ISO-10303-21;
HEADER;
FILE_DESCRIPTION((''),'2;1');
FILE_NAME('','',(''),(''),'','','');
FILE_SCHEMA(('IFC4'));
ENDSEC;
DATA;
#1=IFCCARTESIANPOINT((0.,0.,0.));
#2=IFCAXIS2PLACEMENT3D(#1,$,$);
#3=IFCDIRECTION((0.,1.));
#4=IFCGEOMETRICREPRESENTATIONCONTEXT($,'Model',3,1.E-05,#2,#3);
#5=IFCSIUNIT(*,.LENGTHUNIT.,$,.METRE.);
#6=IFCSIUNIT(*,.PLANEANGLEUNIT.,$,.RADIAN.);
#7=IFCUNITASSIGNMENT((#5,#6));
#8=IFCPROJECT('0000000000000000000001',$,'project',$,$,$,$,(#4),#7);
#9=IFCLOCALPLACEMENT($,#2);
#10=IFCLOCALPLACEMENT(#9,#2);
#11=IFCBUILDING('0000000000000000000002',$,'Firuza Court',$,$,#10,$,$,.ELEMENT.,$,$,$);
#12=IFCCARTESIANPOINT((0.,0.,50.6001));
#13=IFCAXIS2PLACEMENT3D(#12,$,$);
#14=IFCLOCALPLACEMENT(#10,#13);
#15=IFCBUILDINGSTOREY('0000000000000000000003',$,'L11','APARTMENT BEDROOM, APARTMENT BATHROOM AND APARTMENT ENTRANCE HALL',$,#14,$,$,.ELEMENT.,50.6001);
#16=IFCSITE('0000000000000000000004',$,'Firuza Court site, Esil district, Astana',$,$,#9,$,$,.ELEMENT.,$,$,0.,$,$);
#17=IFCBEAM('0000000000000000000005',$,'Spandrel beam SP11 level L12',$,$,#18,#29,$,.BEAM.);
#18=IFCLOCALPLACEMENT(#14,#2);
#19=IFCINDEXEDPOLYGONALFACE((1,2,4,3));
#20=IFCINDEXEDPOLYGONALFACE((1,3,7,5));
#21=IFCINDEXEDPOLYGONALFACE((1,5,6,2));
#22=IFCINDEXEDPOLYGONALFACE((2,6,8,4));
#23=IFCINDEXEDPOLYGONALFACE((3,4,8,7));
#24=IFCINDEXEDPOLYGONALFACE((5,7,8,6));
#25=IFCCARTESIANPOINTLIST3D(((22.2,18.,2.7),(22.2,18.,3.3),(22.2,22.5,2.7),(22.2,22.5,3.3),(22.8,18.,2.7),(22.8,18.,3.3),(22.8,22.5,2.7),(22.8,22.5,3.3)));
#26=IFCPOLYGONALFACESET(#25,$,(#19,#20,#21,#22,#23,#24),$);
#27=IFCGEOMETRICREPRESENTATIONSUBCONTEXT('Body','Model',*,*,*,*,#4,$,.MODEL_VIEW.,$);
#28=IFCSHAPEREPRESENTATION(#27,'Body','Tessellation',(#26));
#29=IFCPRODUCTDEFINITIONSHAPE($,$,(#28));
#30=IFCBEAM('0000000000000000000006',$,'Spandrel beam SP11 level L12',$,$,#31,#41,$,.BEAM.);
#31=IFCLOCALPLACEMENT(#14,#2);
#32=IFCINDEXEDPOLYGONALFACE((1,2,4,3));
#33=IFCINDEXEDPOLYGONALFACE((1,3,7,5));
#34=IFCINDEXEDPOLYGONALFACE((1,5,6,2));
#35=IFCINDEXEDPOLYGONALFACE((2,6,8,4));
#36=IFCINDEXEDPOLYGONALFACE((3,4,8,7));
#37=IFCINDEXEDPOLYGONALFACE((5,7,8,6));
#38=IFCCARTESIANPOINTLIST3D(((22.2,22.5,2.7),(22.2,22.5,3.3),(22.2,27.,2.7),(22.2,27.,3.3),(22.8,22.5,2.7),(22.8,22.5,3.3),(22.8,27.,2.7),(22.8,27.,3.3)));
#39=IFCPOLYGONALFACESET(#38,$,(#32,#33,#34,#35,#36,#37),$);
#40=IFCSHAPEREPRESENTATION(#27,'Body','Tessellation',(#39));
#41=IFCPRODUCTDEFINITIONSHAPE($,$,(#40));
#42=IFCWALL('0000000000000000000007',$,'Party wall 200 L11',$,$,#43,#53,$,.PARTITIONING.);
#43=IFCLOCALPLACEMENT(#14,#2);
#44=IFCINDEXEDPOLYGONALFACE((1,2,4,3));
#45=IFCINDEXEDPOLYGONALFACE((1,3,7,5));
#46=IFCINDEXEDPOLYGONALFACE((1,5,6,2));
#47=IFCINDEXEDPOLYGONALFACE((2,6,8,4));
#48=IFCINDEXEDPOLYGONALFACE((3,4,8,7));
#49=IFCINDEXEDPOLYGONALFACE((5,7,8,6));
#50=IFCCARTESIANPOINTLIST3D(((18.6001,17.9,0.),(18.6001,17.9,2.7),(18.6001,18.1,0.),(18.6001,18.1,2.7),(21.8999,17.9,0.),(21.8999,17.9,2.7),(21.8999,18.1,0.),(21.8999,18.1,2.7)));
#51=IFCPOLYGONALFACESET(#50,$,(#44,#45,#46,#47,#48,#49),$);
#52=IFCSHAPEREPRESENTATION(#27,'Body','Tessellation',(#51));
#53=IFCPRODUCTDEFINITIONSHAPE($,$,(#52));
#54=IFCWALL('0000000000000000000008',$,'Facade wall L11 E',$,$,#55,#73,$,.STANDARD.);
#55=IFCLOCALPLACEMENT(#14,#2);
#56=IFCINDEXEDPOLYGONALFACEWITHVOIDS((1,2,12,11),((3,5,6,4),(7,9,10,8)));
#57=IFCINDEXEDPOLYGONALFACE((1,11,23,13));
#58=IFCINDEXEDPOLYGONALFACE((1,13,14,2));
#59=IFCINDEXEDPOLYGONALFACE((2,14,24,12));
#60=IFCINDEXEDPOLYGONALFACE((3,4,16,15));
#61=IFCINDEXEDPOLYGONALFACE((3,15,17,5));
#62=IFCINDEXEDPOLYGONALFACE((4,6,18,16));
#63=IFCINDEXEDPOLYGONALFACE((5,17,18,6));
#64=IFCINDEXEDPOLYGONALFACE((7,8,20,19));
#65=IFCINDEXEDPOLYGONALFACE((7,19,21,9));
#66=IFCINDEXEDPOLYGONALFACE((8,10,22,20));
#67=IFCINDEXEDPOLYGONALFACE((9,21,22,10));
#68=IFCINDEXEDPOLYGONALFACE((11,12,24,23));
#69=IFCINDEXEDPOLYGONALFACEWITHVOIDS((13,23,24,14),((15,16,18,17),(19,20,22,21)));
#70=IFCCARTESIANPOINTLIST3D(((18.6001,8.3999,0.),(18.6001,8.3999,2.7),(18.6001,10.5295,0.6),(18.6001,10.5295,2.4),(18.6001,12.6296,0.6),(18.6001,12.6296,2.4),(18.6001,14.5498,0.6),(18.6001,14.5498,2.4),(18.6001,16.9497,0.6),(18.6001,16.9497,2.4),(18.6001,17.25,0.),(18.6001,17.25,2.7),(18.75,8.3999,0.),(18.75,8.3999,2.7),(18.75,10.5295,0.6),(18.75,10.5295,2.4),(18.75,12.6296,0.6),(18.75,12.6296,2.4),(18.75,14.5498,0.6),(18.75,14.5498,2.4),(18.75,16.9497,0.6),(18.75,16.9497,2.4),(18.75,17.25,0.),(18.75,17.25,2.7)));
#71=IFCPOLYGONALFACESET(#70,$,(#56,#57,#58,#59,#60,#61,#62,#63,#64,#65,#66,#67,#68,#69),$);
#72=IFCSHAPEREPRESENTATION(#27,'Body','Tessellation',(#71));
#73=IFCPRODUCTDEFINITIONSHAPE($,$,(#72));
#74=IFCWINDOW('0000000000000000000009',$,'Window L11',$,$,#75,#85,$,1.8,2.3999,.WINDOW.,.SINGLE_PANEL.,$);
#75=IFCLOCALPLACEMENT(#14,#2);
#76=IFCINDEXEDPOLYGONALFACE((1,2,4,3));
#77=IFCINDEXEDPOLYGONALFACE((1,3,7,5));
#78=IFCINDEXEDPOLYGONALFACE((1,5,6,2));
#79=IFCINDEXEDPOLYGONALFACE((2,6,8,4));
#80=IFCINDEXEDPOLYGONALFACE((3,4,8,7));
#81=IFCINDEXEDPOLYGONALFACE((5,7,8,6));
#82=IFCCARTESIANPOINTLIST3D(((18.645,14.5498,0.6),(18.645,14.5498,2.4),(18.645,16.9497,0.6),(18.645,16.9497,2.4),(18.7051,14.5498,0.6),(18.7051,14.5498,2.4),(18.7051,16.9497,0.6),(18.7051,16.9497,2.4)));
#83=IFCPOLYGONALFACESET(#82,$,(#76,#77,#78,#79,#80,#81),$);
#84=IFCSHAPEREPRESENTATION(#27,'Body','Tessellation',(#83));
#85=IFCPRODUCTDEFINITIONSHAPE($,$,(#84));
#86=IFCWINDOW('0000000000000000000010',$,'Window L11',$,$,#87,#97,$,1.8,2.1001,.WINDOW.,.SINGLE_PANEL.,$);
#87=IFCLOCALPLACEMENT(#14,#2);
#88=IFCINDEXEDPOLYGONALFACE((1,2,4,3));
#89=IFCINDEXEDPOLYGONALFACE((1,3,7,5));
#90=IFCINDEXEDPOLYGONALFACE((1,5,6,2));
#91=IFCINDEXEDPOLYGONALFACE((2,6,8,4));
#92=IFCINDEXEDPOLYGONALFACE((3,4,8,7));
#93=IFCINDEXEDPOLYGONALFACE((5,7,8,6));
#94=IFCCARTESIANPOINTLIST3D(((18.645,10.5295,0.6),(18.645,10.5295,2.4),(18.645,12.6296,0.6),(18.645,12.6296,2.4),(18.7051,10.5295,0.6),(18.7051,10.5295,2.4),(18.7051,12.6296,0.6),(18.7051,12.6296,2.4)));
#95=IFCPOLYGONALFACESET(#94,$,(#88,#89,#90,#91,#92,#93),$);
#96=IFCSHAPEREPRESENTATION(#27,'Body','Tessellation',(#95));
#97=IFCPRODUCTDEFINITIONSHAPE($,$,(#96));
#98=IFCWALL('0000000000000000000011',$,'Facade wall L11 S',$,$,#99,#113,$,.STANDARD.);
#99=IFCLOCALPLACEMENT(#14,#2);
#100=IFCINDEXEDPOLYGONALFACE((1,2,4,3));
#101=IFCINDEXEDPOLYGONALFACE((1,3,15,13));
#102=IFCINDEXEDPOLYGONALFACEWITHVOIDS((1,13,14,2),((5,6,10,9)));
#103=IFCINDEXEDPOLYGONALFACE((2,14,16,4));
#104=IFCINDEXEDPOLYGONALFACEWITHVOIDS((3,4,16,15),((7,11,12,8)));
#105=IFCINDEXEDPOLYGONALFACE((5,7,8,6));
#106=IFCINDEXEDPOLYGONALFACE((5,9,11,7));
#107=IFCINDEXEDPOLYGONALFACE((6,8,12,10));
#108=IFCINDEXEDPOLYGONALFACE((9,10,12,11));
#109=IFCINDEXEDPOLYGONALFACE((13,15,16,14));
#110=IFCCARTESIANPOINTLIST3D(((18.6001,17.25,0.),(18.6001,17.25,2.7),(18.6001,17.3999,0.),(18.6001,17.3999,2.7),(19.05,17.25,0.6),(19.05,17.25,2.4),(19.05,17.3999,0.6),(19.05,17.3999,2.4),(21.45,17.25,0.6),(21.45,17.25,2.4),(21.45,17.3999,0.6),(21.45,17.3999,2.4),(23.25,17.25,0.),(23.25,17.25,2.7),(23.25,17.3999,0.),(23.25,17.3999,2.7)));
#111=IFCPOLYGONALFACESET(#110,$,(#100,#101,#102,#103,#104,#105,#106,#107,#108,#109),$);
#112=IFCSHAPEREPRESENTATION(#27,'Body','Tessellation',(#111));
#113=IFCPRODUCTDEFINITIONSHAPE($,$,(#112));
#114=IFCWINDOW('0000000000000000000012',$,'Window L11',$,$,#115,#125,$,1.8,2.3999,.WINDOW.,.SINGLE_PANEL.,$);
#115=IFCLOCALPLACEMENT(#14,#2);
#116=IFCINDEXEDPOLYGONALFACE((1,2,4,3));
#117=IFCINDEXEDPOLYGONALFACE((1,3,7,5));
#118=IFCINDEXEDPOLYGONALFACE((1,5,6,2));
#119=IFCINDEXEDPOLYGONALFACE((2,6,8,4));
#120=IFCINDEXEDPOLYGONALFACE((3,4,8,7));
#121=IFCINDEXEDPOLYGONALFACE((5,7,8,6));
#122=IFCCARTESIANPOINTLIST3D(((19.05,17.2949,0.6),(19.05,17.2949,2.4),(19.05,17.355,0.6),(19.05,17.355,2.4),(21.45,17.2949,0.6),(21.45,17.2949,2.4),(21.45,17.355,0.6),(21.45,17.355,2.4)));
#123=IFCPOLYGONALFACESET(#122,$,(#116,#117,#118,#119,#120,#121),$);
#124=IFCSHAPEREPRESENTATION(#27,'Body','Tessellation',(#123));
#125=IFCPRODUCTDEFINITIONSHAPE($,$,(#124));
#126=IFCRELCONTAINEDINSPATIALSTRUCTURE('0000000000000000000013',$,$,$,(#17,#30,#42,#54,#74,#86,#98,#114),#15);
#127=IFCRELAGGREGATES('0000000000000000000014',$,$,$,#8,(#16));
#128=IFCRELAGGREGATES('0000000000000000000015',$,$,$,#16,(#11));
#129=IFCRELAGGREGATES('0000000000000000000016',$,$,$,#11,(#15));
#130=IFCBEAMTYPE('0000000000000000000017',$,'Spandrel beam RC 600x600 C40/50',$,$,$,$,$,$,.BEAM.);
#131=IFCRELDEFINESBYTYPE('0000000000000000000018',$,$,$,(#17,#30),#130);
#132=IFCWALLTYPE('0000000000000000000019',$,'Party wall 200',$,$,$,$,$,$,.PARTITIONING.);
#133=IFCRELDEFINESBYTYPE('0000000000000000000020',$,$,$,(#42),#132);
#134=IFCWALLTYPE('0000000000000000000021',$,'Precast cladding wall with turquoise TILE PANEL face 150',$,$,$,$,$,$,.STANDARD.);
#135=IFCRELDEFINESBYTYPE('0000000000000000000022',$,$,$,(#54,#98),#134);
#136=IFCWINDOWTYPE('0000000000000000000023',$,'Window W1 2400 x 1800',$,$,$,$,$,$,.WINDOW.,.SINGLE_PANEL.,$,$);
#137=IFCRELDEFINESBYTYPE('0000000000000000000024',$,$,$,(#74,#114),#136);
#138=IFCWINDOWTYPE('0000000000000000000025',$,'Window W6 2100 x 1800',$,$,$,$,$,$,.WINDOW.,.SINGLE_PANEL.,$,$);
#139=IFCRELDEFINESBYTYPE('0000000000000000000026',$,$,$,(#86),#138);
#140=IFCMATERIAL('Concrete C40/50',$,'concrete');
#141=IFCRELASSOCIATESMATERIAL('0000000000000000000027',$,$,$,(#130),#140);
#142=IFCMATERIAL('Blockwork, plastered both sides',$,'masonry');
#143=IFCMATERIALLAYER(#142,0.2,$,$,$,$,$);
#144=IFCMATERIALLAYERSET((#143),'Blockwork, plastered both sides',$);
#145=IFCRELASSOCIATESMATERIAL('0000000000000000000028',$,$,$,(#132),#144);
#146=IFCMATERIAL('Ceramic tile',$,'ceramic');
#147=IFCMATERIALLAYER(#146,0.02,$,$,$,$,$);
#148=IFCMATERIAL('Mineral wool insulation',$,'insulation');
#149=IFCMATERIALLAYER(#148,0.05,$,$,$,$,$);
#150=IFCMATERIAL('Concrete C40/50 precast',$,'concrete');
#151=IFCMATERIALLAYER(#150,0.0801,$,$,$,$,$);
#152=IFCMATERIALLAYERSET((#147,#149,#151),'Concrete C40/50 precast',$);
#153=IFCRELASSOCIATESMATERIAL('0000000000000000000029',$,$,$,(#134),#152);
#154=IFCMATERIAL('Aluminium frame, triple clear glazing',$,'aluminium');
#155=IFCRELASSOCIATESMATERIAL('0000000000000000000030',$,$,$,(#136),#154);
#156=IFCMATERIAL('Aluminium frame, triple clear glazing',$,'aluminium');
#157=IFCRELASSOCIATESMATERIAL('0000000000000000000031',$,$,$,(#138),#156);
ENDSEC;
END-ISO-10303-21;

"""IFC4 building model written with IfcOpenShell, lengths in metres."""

from ifc_helpers import new_model, si_unit, direction, frame, frame_2d, origin, origin_2d, place, context, subcontext, project, spatial, rectangle, extrude, material, layer, layer_set, material_profile, profile_set, type_object, element, fill, save


model = new_model("IFC4")

# Units and contexts
model_context = context("Model", 3, precision=1e-05, world=origin(), true_north=direction((0.0, 1.0)))
body_context = subcontext(model_context, "Body", "Model", "MODEL_VIEW")
ifc_project = project(units=[si_unit("LENGTHUNIT", "METRE"), si_unit("PLANEANGLEUNIT", "RADIAN")], contexts=[model_context])

# Site, building, storey
site_placement = place(None, origin())
site = spatial("IfcSite", under=ifc_project, at=site_placement, Name="Firuza Court site, Esil district, Astana", CompositionType="ELEMENT", RefElevation=0.0)
building_placement = place(site_placement, origin())
building = spatial("IfcBuilding", under=site, at=building_placement, Name="Firuza Court", CompositionType="ELEMENT")
storey_placement = place(building_placement, frame((0.0, 0.0, 50.6001)))
storey = spatial("IfcBuildingStorey", under=building, at=storey_placement, Name="L11", Description="APARTMENT BEDROOM, APARTMENT BATHROOM AND APARTMENT ENTRANCE HALL", CompositionType="ELEMENT", Elevation=50.6001)

# Beams
ifc_material_1 = material(Name="Concrete C40/50", Category="concrete")
ifc_material_profile_1 = material_profile(ifc_material_1, rectangle(XDim=0.6001, YDim=0.6001, at=origin_2d()), Name="RC 600x600")
ifc_profile_set_1 = profile_set([ifc_material_profile_1], Name="Concrete C40/50")
beam_type_1 = type_object("IfcBeamType", Name="Spandrel beam RC 600x600 C40/50", PredefinedType="BEAM", material=ifc_profile_set_1)
for number, where, z_axis, x_axis, name in (
    (1, (22.5, 18.0, 3.0), (0.0, 1.0, 0.0), (-1.0, 0.0, 0.0), "Spandrel beam SP11 level L12"),
    (2, (22.5, 22.5, 3.0), (0.0, 1.0, 0.0), (-1.0, 0.0, 0.0), "Spandrel beam SP11 level L12"),
):
    element("IfcBeam", number, at=place(storey_placement, frame(where, z_axis=z_axis, x_axis=x_axis)), inside=storey, type_object=beam_type_1, Name=name, PredefinedType="BEAM", context=body_context, shape_type="SweptSolid", body=[
        extrude(rectangle(XDim=0.6001, YDim=0.6001, at=origin_2d()), origin(), (0.0, 0.0, 1.0), 4.5),
    ])

# Wall
ifc_material_2 = material(Name="Blockwork, plastered both sides", Category="masonry")
ifc_layer_1 = layer(ifc_material_2, 0.2)
ifc_layer_set_1 = layer_set([ifc_layer_1], Name="Blockwork, plastered both sides")
wall_type_1 = type_object("IfcWallType", Name="Party wall 200", PredefinedType="PARTITIONING", material=ifc_layer_set_1)
wall_1_placement = place(storey_placement, frame((18.6001, 18.0, 0.0), z_axis=(0.0, 0.0, 1.0), x_axis=(1.0, 0.0, 0.0)))
element("IfcWall", 3, at=wall_1_placement, inside=storey, type_object=wall_type_1, Name="Party wall 200 L11", PredefinedType="PARTITIONING", context=body_context, shape_type="SweptSolid", body=[
    extrude(rectangle(XDim=3.2998, YDim=0.2, at=frame_2d((1.6499, 0.0))), origin(), (0.0, 0.0, 1.0), 2.7),
])

# Wall, openings, windows
ifc_material_3 = material(Name="Ceramic tile", Category="ceramic")
ifc_layer_2 = layer(ifc_material_3, 0.02)
ifc_material_4 = material(Name="Mineral wool insulation", Category="insulation")
ifc_layer_3 = layer(ifc_material_4, 0.05)
ifc_material_5 = material(Name="Concrete C40/50 precast", Category="concrete")
ifc_layer_4 = layer(ifc_material_5, 0.0801)
ifc_layer_set_2 = layer_set([ifc_layer_2, ifc_layer_3, ifc_layer_4], Name="Concrete C40/50 precast")
wall_type_2 = type_object("IfcWallType", Name="Precast cladding wall with turquoise TILE PANEL face 150", PredefinedType="STANDARD", material=ifc_layer_set_2)
wall_2_placement = place(storey_placement, frame((18.675, 8.3999, 0.0), z_axis=(0.0, 0.0, 1.0), x_axis=(0.0, 1.0, 0.0)))
wall_2 = element("IfcWall", 4, at=wall_2_placement, inside=storey, type_object=wall_type_2, Name="Facade wall L11 E", PredefinedType="STANDARD", context=body_context, shape_type="SweptSolid", body=[
    extrude(rectangle(XDim=8.8501, YDim=0.1499, at=frame_2d((4.425, 0.0))), origin(), (0.0, 0.0, 1.0), 2.7),
])
opening_1_placement = place(wall_2_placement, frame((2.1296, 0.0, 0.6001)))
opening_1 = element("IfcOpeningElement", 5, at=opening_1_placement, cuts=wall_2, PredefinedType="OPENING", context=body_context, shape_type="SweptSolid", body=[
    extrude(rectangle(XDim=2.1001, YDim=1.8, at=frame_2d((1.05, 0.8999))), frame((0.0, 0.0869, 0.0), z_axis=(0.0, -1.0, 0.0), x_axis=(1.0, 0.0, 0.0)), (0.0, 0.0, 1.0), 0.1738),
])
opening_2_placement = place(wall_2_placement, frame((6.1499, 0.0, 0.6001)))
opening_2 = element("IfcOpeningElement", 6, at=opening_2_placement, cuts=wall_2, PredefinedType="OPENING", context=body_context, shape_type="SweptSolid", body=[
    extrude(rectangle(XDim=2.3999, YDim=1.8, at=frame_2d((1.2, 0.8999))), frame((0.0, 0.0869, 0.0), z_axis=(0.0, -1.0, 0.0), x_axis=(1.0, 0.0, 0.0)), (0.0, 0.0, 1.0), 0.1738),
])
ifc_material_6 = material(Name="Aluminium frame, triple clear glazing", Category="aluminium")
window_type_1 = type_object("IfcWindowType", Name="Window W1 2400 x 1800", PartitioningType="SINGLE_PANEL", PredefinedType="WINDOW", material=ifc_material_6)
window_1_placement = place(opening_2_placement, origin())
window_1 = element("IfcWindow", 7, at=window_1_placement, inside=storey, type_object=window_type_1, Name="Window L11", OverallHeight=1.8, OverallWidth=2.3999, PartitioningType="SINGLE_PANEL", PredefinedType="WINDOW", context=body_context, shape_type="SweptSolid", body=[
    extrude(rectangle(XDim=2.3999, YDim=1.8, at=frame_2d((1.2, 0.8999))), frame((0.0, 0.03, 0.0), z_axis=(0.0, -1.0, 0.0), x_axis=(1.0, 0.0, 0.0)), (0.0, 0.0, 1.0), 0.0601),
])
fill(opening_2, window_1)
ifc_material_7 = material(Name="Aluminium frame, triple clear glazing", Category="aluminium")
window_type_2 = type_object("IfcWindowType", Name="Window W6 2100 x 1800", PartitioningType="SINGLE_PANEL", PredefinedType="WINDOW", material=ifc_material_7)
window_2_placement = place(opening_1_placement, origin())
window_2 = element("IfcWindow", 8, at=window_2_placement, inside=storey, type_object=window_type_2, Name="Window L11", OverallHeight=1.8, OverallWidth=2.1001, PartitioningType="SINGLE_PANEL", PredefinedType="WINDOW", context=body_context, shape_type="SweptSolid", body=[
    extrude(rectangle(XDim=2.1001, YDim=1.8, at=frame_2d((1.05, 0.8999))), frame((0.0, 0.03, 0.0), z_axis=(0.0, -1.0, 0.0), x_axis=(1.0, 0.0, 0.0)), (0.0, 0.0, 1.0), 0.0601),
])
fill(opening_1, window_2)

# Wall, opening, window
wall_3_placement = place(storey_placement, frame((18.6001, 17.325, 0.0), z_axis=(0.0, 0.0, 1.0), x_axis=(1.0, 0.0, 0.0)))
wall_3 = element("IfcWall", 9, at=wall_3_placement, inside=storey, type_object=wall_type_2, Name="Facade wall L11 S", PredefinedType="STANDARD", context=body_context, shape_type="SweptSolid", body=[
    extrude(rectangle(XDim=4.6499, YDim=0.1499, at=frame_2d((2.325, 0.0))), origin(), (0.0, 0.0, 1.0), 2.7),
])
opening_3_placement = place(wall_3_placement, frame((0.45, 0.0, 0.6001)))
opening_3 = element("IfcOpeningElement", 10, at=opening_3_placement, cuts=wall_3, PredefinedType="OPENING", context=body_context, shape_type="SweptSolid", body=[
    extrude(rectangle(XDim=2.3999, YDim=1.8, at=frame_2d((1.2, 0.8999))), frame((0.0, 0.0869, 0.0), z_axis=(0.0, -1.0, 0.0), x_axis=(1.0, 0.0, 0.0)), (0.0, 0.0, 1.0), 0.1738),
])
window_3_placement = place(opening_3_placement, origin())
window_3 = element("IfcWindow", 11, at=window_3_placement, inside=storey, type_object=window_type_1, Name="Window L11", OverallHeight=1.8, OverallWidth=2.3999, PartitioningType="SINGLE_PANEL", PredefinedType="WINDOW", context=body_context, shape_type="SweptSolid", body=[
    extrude(rectangle(XDim=2.3999, YDim=1.8, at=frame_2d((1.2, 0.8999))), frame((0.0, 0.03, 0.0), z_axis=(0.0, -1.0, 0.0), x_axis=(1.0, 0.0, 0.0)), (0.0, 0.0, 1.0), 0.0601),
])
fill(opening_3, window_3)

save(model, "model.ifc")
